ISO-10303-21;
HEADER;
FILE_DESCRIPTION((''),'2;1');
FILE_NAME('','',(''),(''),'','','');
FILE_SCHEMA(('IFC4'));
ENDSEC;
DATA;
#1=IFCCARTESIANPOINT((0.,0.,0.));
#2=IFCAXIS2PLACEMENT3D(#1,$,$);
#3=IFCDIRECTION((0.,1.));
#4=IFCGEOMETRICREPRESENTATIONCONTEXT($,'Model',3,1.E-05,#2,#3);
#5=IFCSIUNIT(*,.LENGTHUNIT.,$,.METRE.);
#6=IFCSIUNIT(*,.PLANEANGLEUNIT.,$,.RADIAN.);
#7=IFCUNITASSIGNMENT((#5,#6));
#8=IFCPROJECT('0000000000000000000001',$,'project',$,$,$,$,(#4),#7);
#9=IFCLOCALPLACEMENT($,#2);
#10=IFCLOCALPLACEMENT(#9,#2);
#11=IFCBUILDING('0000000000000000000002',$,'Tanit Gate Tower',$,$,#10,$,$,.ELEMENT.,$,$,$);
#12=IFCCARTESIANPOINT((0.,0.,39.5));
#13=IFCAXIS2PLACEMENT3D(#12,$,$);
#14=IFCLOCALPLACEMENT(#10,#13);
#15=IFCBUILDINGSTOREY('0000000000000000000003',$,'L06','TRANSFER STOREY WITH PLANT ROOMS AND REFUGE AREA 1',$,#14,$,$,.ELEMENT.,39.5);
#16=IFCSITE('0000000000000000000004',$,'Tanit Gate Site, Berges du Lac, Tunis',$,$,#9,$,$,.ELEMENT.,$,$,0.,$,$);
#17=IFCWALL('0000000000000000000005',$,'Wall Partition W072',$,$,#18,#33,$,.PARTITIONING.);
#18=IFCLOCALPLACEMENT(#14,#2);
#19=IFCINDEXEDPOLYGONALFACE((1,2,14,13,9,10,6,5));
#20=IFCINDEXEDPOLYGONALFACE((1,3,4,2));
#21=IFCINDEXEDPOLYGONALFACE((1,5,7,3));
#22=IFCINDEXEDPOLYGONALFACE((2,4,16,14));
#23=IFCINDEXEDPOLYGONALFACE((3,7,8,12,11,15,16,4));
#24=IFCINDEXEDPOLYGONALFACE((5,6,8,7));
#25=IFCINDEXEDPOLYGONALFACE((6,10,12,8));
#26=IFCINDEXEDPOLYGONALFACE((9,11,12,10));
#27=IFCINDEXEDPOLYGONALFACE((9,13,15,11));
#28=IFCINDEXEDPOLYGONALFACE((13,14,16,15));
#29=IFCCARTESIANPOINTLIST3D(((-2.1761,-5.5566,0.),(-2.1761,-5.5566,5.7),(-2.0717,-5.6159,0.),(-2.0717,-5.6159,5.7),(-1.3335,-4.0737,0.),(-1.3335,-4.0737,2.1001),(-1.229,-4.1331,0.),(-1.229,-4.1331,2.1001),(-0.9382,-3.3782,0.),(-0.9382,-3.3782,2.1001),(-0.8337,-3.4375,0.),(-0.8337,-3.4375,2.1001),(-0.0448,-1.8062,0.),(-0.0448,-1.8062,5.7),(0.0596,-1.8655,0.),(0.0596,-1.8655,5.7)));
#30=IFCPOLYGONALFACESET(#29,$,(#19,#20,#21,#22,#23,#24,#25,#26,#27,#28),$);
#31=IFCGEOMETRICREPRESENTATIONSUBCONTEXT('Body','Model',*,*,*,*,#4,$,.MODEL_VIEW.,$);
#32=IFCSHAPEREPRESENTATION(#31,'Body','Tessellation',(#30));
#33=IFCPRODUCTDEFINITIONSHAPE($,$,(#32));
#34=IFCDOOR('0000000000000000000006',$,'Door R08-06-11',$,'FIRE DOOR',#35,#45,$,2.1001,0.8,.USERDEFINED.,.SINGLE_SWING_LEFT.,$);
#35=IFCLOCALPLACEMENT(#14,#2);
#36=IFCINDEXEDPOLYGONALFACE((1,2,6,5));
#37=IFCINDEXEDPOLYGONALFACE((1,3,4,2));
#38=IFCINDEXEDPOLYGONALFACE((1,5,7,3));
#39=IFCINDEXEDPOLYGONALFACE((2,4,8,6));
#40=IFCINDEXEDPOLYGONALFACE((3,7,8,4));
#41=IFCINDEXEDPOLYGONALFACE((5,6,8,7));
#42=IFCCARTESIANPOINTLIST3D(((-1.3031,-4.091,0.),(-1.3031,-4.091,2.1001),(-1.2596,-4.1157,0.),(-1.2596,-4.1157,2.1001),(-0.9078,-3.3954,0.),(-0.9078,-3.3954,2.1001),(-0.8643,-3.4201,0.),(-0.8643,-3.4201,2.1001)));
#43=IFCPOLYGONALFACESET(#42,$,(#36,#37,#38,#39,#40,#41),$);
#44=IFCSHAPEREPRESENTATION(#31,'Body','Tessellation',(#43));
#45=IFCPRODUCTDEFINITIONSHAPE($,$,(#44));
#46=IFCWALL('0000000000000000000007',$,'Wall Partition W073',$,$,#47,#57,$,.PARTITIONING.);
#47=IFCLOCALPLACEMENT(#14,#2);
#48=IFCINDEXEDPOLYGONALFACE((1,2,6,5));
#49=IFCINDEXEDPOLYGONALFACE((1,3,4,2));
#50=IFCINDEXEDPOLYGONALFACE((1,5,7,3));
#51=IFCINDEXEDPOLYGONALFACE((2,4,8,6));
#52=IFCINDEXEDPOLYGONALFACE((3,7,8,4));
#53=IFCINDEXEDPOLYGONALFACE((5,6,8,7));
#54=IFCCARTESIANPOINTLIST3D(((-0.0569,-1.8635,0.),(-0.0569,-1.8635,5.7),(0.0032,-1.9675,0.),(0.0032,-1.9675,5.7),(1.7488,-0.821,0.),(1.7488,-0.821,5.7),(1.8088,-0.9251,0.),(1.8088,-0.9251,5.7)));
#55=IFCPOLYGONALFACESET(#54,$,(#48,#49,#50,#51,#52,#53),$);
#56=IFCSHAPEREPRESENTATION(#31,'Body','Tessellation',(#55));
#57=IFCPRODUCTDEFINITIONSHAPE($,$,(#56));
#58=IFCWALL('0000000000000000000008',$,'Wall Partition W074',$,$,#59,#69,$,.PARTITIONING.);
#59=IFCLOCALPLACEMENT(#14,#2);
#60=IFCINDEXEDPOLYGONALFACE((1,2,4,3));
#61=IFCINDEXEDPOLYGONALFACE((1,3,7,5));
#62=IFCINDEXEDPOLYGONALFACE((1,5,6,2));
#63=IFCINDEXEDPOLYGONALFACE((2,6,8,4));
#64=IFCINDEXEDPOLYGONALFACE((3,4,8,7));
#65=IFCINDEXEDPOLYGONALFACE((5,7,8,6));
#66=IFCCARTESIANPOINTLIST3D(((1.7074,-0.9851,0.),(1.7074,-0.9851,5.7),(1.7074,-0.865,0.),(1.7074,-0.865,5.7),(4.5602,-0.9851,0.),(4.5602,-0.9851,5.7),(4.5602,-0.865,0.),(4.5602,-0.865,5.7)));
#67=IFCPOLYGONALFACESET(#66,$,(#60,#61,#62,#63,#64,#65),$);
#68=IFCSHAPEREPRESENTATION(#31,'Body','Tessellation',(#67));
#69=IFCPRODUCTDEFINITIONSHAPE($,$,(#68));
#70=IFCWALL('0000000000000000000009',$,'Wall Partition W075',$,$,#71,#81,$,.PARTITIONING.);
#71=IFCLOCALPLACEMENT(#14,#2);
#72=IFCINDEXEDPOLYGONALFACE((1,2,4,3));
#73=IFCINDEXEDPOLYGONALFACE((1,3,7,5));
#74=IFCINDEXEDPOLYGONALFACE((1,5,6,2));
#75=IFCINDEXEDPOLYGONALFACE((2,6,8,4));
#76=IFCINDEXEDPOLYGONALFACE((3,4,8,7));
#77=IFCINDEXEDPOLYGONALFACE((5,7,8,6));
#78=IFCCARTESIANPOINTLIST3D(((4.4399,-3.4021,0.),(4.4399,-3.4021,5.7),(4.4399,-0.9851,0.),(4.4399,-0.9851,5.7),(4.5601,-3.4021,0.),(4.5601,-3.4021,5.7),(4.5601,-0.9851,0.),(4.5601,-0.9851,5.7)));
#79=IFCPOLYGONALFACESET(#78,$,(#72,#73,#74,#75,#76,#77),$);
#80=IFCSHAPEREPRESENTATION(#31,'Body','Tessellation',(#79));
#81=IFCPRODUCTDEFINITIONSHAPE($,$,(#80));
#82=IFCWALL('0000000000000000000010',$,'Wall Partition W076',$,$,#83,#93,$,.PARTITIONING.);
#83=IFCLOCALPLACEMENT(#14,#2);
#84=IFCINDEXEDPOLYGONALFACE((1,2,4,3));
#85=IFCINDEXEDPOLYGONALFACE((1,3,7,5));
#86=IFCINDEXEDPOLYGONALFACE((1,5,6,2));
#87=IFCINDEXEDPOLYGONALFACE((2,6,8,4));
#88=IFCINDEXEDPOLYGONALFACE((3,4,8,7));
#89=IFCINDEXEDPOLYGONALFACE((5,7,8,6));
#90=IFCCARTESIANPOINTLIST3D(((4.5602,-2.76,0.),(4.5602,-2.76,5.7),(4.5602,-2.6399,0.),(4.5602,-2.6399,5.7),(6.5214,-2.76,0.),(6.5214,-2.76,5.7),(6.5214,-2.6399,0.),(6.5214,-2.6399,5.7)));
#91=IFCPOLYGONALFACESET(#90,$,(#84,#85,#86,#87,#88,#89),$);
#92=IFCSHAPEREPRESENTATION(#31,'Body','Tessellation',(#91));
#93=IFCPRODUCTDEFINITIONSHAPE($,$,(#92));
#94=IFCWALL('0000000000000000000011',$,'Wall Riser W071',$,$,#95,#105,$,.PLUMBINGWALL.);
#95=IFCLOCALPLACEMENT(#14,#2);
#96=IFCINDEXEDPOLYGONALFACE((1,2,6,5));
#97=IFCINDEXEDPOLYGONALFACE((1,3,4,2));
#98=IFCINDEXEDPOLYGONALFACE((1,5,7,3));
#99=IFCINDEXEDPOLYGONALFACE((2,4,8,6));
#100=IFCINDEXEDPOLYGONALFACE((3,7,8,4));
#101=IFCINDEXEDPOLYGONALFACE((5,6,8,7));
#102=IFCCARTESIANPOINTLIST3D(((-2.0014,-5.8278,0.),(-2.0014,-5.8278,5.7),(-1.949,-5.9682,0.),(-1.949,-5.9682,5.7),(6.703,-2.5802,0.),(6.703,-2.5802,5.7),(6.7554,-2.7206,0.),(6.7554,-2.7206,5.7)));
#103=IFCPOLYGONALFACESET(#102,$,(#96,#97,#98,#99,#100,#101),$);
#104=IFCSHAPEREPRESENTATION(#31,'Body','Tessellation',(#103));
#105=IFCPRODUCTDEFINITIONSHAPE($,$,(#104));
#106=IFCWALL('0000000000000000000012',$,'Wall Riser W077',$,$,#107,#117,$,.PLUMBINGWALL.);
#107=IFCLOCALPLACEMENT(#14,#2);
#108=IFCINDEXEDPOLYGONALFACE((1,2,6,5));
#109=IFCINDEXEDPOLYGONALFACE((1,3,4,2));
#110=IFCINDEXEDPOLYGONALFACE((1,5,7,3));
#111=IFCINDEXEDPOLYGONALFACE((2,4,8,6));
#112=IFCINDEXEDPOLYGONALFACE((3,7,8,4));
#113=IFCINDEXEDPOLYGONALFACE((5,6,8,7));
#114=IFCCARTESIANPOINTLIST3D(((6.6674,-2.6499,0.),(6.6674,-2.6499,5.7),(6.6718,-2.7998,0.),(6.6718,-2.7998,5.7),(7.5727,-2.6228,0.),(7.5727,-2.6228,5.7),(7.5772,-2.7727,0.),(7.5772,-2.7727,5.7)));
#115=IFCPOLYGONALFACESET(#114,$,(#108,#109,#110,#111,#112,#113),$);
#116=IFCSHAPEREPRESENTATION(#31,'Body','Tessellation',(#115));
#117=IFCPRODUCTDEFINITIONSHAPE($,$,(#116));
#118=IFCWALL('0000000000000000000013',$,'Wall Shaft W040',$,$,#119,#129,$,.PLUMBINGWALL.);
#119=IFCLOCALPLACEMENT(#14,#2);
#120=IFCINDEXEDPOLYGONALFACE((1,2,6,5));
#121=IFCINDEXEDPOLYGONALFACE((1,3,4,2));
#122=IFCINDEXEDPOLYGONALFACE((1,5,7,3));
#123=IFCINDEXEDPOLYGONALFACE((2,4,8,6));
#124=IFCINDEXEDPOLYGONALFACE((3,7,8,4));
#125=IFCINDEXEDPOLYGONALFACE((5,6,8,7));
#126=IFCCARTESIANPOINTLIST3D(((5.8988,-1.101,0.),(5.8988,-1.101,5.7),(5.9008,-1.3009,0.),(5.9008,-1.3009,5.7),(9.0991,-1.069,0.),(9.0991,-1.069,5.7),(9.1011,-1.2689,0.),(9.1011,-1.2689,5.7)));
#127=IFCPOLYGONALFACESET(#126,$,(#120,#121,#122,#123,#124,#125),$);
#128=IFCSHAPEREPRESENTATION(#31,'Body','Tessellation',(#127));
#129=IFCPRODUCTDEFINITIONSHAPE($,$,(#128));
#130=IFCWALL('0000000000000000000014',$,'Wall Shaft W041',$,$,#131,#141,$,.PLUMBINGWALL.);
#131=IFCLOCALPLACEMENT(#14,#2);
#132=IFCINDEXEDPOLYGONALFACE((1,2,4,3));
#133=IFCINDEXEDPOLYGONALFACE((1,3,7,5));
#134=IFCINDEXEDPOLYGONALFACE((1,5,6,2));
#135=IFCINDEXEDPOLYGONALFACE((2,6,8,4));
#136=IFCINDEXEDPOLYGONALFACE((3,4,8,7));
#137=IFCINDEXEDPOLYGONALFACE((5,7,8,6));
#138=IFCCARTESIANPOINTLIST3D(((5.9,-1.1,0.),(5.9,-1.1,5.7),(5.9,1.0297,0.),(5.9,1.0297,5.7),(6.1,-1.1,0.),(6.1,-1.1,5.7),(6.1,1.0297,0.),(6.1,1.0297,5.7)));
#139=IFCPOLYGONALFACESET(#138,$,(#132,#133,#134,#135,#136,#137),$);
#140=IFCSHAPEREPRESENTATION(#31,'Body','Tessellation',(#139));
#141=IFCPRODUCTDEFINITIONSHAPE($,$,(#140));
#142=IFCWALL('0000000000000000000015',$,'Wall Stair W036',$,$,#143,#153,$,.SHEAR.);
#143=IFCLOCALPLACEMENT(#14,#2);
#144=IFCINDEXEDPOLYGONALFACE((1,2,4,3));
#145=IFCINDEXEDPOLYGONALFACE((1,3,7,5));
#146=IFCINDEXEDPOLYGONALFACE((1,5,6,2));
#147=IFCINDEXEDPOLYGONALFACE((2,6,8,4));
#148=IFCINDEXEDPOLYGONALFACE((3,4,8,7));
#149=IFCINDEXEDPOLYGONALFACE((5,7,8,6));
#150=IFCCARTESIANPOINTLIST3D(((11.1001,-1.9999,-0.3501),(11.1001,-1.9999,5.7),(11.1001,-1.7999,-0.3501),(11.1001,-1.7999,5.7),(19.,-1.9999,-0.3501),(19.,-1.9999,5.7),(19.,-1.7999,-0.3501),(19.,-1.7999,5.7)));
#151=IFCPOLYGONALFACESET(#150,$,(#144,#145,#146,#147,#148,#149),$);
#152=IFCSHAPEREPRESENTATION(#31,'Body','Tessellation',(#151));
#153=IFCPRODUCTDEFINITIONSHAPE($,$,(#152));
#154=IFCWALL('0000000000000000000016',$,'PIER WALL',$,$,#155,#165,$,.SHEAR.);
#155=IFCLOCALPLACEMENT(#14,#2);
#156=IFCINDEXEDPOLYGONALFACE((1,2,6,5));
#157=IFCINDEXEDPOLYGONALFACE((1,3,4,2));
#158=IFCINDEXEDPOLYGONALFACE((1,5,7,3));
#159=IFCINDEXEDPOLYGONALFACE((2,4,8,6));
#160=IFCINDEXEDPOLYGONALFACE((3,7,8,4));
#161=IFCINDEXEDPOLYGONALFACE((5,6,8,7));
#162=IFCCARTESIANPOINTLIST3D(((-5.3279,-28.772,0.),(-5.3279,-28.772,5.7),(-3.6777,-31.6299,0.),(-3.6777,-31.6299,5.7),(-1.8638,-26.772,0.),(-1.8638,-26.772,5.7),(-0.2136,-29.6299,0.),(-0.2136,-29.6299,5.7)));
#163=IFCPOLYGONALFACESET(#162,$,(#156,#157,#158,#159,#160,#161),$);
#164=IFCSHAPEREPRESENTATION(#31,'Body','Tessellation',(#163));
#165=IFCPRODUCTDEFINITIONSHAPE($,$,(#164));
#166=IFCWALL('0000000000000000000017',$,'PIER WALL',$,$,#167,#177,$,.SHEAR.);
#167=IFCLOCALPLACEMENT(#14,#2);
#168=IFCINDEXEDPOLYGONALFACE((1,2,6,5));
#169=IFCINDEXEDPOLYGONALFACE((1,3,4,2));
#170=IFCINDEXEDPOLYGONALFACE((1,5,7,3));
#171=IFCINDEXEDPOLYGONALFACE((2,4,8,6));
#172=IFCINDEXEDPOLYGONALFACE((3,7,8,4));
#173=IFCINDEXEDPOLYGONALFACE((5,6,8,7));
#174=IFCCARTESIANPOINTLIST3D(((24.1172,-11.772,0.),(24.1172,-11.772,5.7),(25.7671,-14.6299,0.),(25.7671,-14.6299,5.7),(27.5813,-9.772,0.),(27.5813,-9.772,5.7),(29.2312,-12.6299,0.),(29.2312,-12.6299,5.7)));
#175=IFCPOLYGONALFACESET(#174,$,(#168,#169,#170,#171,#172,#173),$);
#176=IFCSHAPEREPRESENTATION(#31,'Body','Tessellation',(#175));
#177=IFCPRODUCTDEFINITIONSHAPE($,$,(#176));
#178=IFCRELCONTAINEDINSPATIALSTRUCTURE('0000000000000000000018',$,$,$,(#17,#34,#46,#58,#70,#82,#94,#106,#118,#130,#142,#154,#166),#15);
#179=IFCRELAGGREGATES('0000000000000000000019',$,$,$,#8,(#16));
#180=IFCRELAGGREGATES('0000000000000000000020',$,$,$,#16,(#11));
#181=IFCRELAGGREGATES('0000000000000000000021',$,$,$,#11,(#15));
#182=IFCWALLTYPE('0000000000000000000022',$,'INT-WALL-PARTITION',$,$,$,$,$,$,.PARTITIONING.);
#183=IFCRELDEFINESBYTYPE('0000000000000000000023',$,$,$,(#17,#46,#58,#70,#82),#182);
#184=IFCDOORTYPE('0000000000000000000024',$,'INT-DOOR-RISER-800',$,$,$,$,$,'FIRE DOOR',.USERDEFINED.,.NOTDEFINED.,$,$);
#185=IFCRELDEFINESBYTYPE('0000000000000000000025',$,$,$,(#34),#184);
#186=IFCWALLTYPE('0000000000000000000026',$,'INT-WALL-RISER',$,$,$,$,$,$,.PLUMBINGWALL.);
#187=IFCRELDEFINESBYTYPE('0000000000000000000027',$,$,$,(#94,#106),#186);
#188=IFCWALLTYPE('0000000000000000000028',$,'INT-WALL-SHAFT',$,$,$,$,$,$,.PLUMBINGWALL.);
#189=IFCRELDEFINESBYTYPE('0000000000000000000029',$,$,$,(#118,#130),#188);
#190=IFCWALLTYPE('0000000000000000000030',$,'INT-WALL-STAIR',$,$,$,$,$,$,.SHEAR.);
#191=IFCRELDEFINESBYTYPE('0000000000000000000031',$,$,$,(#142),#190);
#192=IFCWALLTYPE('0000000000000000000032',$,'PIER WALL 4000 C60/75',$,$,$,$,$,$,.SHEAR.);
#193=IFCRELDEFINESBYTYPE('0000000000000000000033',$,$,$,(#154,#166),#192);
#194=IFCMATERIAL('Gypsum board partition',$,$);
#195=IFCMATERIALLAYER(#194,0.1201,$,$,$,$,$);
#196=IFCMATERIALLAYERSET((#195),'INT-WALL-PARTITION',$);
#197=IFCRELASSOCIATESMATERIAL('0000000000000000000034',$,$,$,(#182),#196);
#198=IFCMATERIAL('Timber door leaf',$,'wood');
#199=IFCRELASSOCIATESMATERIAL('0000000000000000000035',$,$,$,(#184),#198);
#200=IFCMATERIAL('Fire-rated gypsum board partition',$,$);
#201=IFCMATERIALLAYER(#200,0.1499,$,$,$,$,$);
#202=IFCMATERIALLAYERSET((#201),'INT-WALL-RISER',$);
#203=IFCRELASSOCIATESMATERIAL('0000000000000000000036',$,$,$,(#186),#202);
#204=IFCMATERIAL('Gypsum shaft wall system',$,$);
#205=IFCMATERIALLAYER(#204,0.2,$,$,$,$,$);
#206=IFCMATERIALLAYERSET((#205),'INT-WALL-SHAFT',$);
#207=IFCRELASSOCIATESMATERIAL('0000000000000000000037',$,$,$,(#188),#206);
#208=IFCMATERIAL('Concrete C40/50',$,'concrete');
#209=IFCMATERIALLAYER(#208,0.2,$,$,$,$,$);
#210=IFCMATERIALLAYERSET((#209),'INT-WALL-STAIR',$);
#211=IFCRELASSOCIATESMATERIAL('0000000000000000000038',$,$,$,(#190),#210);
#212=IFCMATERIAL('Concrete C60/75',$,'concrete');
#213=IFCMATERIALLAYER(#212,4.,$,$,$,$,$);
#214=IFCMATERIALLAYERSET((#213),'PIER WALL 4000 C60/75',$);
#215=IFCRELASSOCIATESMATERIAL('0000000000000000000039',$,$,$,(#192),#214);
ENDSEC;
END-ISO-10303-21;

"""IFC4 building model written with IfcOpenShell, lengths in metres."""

from ifc_helpers import new_model, si_unit, direction, frame, frame_2d, origin, place, context, subcontext, project, spatial, polyline, rectangle, outline, extrude, material, layer, layer_set, type_object, element, fill, save


model = new_model("IFC4")

# Units and contexts
model_context = context("Model", 3, precision=1e-05, world=origin(), true_north=direction((0.0, 1.0)))
body_context = subcontext(model_context, "Body", "Model", "MODEL_VIEW")
ifc_project = project(units=[si_unit("LENGTHUNIT", "METRE"), si_unit("PLANEANGLEUNIT", "RADIAN")], contexts=[model_context])

# Site, building, storey
site_placement = place(None, origin())
site = spatial("IfcSite", under=ifc_project, at=site_placement, Name="Tanit Gate Site, Berges du Lac, Tunis", CompositionType="ELEMENT", RefElevation=0.0)
building_placement = place(site_placement, origin())
building = spatial("IfcBuilding", under=site, at=building_placement, Name="Tanit Gate Tower", CompositionType="ELEMENT")
storey_placement = place(building_placement, frame((0.0, 0.0, 39.5)))
storey = spatial("IfcBuildingStorey", under=building, at=storey_placement, Name="L06", Description="TRANSFER STOREY WITH PLANT ROOMS AND REFUGE AREA 1", CompositionType="ELEMENT", Elevation=39.5)

# Wall, opening, door
ifc_material_1 = material(Name="Gypsum board partition")
ifc_layer_1 = layer(ifc_material_1, 0.1201)
ifc_layer_set_1 = layer_set([ifc_layer_1], Name="INT-WALL-PARTITION")
wall_type_1 = type_object("IfcWallType", Name="INT-WALL-PARTITION", PredefinedType="PARTITIONING", material=ifc_layer_set_1)
wall_1_placement = place(storey_placement, frame((0.0073, -1.8359, 0.0), z_axis=(0.0, 0.0, 1.0), x_axis=(-0.494077, -0.869418, 0.0)))
wall_1 = element("IfcWall", 1, at=wall_1_placement, inside=storey, type_object=wall_type_1, Name="Wall Partition W072", PredefinedType="PARTITIONING", context=body_context, shape_type="SweptSolid", body=[
    extrude(rectangle(XDim=4.3137, YDim=0.1201, at=frame_2d((2.1567, 0.0))), origin(), (0.0, 0.0, 1.0), 5.7),
])
opening_placement = place(wall_1_placement, frame((1.8081, 0.0, 0.0)))
opening = element("IfcOpeningElement", 2, at=opening_placement, cuts=wall_1, PredefinedType="OPENING", context=body_context, shape_type="SweptSolid", body=[
    extrude(rectangle(XDim=0.8, YDim=2.1001, at=frame_2d((0.3999, 1.05))), frame((0.0, 0.0701, 0.0), z_axis=(0.0, -1.0, 0.0), x_axis=(1.0, 0.0, 0.0)), (0.0, 0.0, 1.0), 0.1401),
])
ifc_material_2 = material(Name="Timber door leaf", Category="wood")
door_type = type_object("IfcDoorType", Name="INT-DOOR-RISER-800", ElementType="FIRE DOOR", OperationType="NOTDEFINED", PredefinedType="USERDEFINED", material=ifc_material_2)
door_placement = place(opening_placement, origin())
door = element("IfcDoor", 3, at=door_placement, inside=storey, type_object=door_type, Name="Door R08-06-11", ObjectType="FIRE DOOR", OperationType="SINGLE_SWING_LEFT", OverallHeight=2.1001, OverallWidth=0.8, PredefinedType="USERDEFINED", context=body_context, shape_type="SweptSolid", body=[
    extrude(rectangle(XDim=0.8, YDim=2.1001, at=frame_2d((0.3999, 1.05))), frame((0.0, 0.0249, 0.0), z_axis=(0.0, -1.0, 0.0), x_axis=(1.0, 0.0, 0.0)), (0.0, 0.0, 1.0), 0.05),
])
fill(opening, door)

# Walls
wall_2_placement = place(storey_placement, frame((1.7788, -0.873, 0.0), z_axis=(0.0, 0.0, 1.0), x_axis=(-0.86603, -0.499993, 0.0)))
element("IfcWall", 4, at=wall_2_placement, inside=storey, type_object=wall_type_1, Name="Wall Partition W073", PredefinedType="PARTITIONING", context=body_context, shape_type="SweptSolid", body=[
    extrude(rectangle(XDim=2.085, YDim=0.1201, at=frame_2d((1.0425, 0.0))), origin(), (0.0, 0.0, 1.0), 5.7),
])
wall_3_placement = place(storey_placement, frame((4.5601, -0.925, 0.0), z_axis=(0.0, 0.0, 1.0), x_axis=(-1.0, 0.0, 0.0)))
element("IfcWall", 5, at=wall_3_placement, inside=storey, type_object=wall_type_1, Name="Wall Partition W074", PredefinedType="PARTITIONING", context=body_context, shape_type="SweptSolid", body=[
    extrude(rectangle(XDim=2.8528, YDim=0.1201, at=frame_2d((1.4263, 0.0))), origin(), (0.0, 0.0, 1.0), 5.7),
])
wall_4_placement = place(storey_placement, frame((4.5, -3.4021, 0.0), z_axis=(0.0, 0.0, 1.0), x_axis=(0.0, 1.0, 0.0)))
element("IfcWall", 6, at=wall_4_placement, inside=storey, type_object=wall_type_1, Name="Wall Partition W075", PredefinedType="PARTITIONING", context=body_context, shape_type="SweptSolid", body=[
    extrude(rectangle(XDim=2.417, YDim=0.1201, at=frame_2d((1.2085, 0.0))), origin(), (0.0, 0.0, 1.0), 5.7),
])
wall_5_placement = place(storey_placement, frame((6.5212, -2.7, 0.0), z_axis=(0.0, 0.0, 1.0), x_axis=(-1.0, 0.0, 0.0)))
element("IfcWall", 7, at=wall_5_placement, inside=storey, type_object=wall_type_1, Name="Wall Partition W076", PredefinedType="PARTITIONING", context=body_context, shape_type="SweptSolid", body=[
    extrude(rectangle(XDim=1.9612, YDim=0.1201, at=frame_2d((0.9805, 0.0))), origin(), (0.0, 0.0, 1.0), 5.7),
])
ifc_material_3 = material(Name="Fire-rated gypsum board partition")
ifc_layer_2 = layer(ifc_material_3, 0.1499)
ifc_layer_set_2 = layer_set([ifc_layer_2], Name="INT-WALL-RISER")
wall_type_2 = type_object("IfcWallType", Name="INT-WALL-RISER", PredefinedType="PLUMBINGWALL", material=ifc_layer_set_2)
wall_6_placement = place(storey_placement, frame((6.7292, -2.6504, 0.0), z_axis=(0.0, 0.0, 1.0), x_axis=(-0.936914, -0.349559, 0.0)))
element("IfcWall", 8, at=wall_6_placement, inside=storey, type_object=wall_type_2, Name="Wall Riser W071", PredefinedType="PLUMBINGWALL", context=body_context, shape_type="SweptSolid", body=[
    extrude(rectangle(XDim=9.2905, YDim=0.1499, at=frame_2d((4.6453, 0.0))), origin(), (0.0, 0.0, 1.0), 5.7),
])
wall_7_placement = place(storey_placement, frame((7.575, -2.6978, 0.0), z_axis=(0.0, 0.0, 1.0), x_axis=(-0.999552, -0.029922, 0.0)))
element("IfcWall", 9, at=wall_7_placement, inside=storey, type_object=wall_type_2, Name="Wall Riser W077", PredefinedType="PLUMBINGWALL", context=body_context, shape_type="SweptSolid", body=[
    extrude(rectangle(XDim=0.9058, YDim=0.1499, at=frame_2d((0.4529, 0.0))), origin(), (0.0, 0.0, 1.0), 5.7),
])
ifc_material_4 = material(Name="Gypsum shaft wall system")
ifc_layer_3 = layer(ifc_material_4, 0.2)
ifc_layer_set_3 = layer_set([ifc_layer_3], Name="INT-WALL-SHAFT")
wall_type_3 = type_object("IfcWallType", Name="INT-WALL-SHAFT", PredefinedType="PLUMBINGWALL", material=ifc_layer_set_3)
wall_8_placement = place(storey_placement, frame((5.8999, -1.2009, 0.0), z_axis=(0.0, 0.0, 1.0), x_axis=(0.99995, 0.009993, 0.0)))
element("IfcWall", 10, at=wall_8_placement, inside=storey, type_object=wall_type_3, Name="Wall Shaft W040", PredefinedType="PLUMBINGWALL", context=body_context, shape_type="SweptSolid", body=[
    extrude(rectangle(XDim=3.2004, YDim=0.2, at=frame_2d((1.6001, 0.0))), origin(), (0.0, 0.0, 1.0), 5.7),
])
wall_9_placement = place(storey_placement, frame((6.0, -1.1001, 0.0), z_axis=(0.0, 0.0, 1.0), x_axis=(0.0, 1.0, 0.0)))
element("IfcWall", 11, at=wall_9_placement, inside=storey, type_object=wall_type_3, Name="Wall Shaft W041", PredefinedType="PLUMBINGWALL", context=body_context, shape_type="SweptSolid", body=[
    extrude(rectangle(XDim=2.1296, YDim=0.2, at=frame_2d((1.0649, 0.0))), origin(), (0.0, 0.0, 1.0), 5.7),
])
ifc_material_5 = material(Name="Concrete C40/50", Category="concrete")
ifc_layer_4 = layer(ifc_material_5, 0.2)
ifc_layer_set_4 = layer_set([ifc_layer_4], Name="INT-WALL-STAIR")
wall_type_4 = type_object("IfcWallType", Name="INT-WALL-STAIR", PredefinedType="SHEAR", material=ifc_layer_set_4)
wall_10_placement = place(storey_placement, frame((11.1001, -1.8999, -0.3501), z_axis=(0.0, 0.0, 1.0), x_axis=(1.0, 0.0, 0.0)))
element("IfcWall", 12, at=wall_10_placement, inside=storey, type_object=wall_type_4, Name="Wall Stair W036", PredefinedType="SHEAR", context=body_context, shape_type="SweptSolid", body=[
    extrude(rectangle(XDim=7.8999, YDim=0.2, at=frame_2d((3.95, 0.0))), origin(), (0.0, 0.0, 1.0), 6.05),
])
ifc_material_6 = material(Name="Concrete C60/75", Category="concrete")
ifc_layer_5 = layer(ifc_material_6, 4.0)
ifc_layer_set_5 = layer_set([ifc_layer_5], Name="PIER WALL 4000 C60/75")
wall_type_5 = type_object("IfcWallType", Name="PIER WALL 4000 C60/75", PredefinedType="SHEAR", material=ifc_layer_set_5)
wall_11_placement = place(storey_placement, origin())
element("IfcWall", 13, at=wall_11_placement, inside=storey, type_object=wall_type_5, Name="PIER WALL", PredefinedType="SHEAR", context=body_context, shape_type="SweptSolid", body=[
    extrude(outline(polyline([(-3.6777, -31.6299), (-0.2136, -29.6299), (-1.8638, -26.772), (-5.3279, -28.772), (-3.6777, -31.6299)])), origin(), (0.0, 0.0, 1.0), 5.7),
])
wall_12_placement = place(storey_placement, origin())
element("IfcWall", 14, at=wall_12_placement, inside=storey, type_object=wall_type_5, Name="PIER WALL", PredefinedType="SHEAR", context=body_context, shape_type="SweptSolid", body=[
    extrude(outline(polyline([(25.7671, -14.6299), (29.2312, -12.6299), (27.5813, -9.772), (24.1172, -11.772), (25.7671, -14.6299)])), origin(), (0.0, 0.0, 1.0), 5.7),
])

save(model, "model.ifc")
